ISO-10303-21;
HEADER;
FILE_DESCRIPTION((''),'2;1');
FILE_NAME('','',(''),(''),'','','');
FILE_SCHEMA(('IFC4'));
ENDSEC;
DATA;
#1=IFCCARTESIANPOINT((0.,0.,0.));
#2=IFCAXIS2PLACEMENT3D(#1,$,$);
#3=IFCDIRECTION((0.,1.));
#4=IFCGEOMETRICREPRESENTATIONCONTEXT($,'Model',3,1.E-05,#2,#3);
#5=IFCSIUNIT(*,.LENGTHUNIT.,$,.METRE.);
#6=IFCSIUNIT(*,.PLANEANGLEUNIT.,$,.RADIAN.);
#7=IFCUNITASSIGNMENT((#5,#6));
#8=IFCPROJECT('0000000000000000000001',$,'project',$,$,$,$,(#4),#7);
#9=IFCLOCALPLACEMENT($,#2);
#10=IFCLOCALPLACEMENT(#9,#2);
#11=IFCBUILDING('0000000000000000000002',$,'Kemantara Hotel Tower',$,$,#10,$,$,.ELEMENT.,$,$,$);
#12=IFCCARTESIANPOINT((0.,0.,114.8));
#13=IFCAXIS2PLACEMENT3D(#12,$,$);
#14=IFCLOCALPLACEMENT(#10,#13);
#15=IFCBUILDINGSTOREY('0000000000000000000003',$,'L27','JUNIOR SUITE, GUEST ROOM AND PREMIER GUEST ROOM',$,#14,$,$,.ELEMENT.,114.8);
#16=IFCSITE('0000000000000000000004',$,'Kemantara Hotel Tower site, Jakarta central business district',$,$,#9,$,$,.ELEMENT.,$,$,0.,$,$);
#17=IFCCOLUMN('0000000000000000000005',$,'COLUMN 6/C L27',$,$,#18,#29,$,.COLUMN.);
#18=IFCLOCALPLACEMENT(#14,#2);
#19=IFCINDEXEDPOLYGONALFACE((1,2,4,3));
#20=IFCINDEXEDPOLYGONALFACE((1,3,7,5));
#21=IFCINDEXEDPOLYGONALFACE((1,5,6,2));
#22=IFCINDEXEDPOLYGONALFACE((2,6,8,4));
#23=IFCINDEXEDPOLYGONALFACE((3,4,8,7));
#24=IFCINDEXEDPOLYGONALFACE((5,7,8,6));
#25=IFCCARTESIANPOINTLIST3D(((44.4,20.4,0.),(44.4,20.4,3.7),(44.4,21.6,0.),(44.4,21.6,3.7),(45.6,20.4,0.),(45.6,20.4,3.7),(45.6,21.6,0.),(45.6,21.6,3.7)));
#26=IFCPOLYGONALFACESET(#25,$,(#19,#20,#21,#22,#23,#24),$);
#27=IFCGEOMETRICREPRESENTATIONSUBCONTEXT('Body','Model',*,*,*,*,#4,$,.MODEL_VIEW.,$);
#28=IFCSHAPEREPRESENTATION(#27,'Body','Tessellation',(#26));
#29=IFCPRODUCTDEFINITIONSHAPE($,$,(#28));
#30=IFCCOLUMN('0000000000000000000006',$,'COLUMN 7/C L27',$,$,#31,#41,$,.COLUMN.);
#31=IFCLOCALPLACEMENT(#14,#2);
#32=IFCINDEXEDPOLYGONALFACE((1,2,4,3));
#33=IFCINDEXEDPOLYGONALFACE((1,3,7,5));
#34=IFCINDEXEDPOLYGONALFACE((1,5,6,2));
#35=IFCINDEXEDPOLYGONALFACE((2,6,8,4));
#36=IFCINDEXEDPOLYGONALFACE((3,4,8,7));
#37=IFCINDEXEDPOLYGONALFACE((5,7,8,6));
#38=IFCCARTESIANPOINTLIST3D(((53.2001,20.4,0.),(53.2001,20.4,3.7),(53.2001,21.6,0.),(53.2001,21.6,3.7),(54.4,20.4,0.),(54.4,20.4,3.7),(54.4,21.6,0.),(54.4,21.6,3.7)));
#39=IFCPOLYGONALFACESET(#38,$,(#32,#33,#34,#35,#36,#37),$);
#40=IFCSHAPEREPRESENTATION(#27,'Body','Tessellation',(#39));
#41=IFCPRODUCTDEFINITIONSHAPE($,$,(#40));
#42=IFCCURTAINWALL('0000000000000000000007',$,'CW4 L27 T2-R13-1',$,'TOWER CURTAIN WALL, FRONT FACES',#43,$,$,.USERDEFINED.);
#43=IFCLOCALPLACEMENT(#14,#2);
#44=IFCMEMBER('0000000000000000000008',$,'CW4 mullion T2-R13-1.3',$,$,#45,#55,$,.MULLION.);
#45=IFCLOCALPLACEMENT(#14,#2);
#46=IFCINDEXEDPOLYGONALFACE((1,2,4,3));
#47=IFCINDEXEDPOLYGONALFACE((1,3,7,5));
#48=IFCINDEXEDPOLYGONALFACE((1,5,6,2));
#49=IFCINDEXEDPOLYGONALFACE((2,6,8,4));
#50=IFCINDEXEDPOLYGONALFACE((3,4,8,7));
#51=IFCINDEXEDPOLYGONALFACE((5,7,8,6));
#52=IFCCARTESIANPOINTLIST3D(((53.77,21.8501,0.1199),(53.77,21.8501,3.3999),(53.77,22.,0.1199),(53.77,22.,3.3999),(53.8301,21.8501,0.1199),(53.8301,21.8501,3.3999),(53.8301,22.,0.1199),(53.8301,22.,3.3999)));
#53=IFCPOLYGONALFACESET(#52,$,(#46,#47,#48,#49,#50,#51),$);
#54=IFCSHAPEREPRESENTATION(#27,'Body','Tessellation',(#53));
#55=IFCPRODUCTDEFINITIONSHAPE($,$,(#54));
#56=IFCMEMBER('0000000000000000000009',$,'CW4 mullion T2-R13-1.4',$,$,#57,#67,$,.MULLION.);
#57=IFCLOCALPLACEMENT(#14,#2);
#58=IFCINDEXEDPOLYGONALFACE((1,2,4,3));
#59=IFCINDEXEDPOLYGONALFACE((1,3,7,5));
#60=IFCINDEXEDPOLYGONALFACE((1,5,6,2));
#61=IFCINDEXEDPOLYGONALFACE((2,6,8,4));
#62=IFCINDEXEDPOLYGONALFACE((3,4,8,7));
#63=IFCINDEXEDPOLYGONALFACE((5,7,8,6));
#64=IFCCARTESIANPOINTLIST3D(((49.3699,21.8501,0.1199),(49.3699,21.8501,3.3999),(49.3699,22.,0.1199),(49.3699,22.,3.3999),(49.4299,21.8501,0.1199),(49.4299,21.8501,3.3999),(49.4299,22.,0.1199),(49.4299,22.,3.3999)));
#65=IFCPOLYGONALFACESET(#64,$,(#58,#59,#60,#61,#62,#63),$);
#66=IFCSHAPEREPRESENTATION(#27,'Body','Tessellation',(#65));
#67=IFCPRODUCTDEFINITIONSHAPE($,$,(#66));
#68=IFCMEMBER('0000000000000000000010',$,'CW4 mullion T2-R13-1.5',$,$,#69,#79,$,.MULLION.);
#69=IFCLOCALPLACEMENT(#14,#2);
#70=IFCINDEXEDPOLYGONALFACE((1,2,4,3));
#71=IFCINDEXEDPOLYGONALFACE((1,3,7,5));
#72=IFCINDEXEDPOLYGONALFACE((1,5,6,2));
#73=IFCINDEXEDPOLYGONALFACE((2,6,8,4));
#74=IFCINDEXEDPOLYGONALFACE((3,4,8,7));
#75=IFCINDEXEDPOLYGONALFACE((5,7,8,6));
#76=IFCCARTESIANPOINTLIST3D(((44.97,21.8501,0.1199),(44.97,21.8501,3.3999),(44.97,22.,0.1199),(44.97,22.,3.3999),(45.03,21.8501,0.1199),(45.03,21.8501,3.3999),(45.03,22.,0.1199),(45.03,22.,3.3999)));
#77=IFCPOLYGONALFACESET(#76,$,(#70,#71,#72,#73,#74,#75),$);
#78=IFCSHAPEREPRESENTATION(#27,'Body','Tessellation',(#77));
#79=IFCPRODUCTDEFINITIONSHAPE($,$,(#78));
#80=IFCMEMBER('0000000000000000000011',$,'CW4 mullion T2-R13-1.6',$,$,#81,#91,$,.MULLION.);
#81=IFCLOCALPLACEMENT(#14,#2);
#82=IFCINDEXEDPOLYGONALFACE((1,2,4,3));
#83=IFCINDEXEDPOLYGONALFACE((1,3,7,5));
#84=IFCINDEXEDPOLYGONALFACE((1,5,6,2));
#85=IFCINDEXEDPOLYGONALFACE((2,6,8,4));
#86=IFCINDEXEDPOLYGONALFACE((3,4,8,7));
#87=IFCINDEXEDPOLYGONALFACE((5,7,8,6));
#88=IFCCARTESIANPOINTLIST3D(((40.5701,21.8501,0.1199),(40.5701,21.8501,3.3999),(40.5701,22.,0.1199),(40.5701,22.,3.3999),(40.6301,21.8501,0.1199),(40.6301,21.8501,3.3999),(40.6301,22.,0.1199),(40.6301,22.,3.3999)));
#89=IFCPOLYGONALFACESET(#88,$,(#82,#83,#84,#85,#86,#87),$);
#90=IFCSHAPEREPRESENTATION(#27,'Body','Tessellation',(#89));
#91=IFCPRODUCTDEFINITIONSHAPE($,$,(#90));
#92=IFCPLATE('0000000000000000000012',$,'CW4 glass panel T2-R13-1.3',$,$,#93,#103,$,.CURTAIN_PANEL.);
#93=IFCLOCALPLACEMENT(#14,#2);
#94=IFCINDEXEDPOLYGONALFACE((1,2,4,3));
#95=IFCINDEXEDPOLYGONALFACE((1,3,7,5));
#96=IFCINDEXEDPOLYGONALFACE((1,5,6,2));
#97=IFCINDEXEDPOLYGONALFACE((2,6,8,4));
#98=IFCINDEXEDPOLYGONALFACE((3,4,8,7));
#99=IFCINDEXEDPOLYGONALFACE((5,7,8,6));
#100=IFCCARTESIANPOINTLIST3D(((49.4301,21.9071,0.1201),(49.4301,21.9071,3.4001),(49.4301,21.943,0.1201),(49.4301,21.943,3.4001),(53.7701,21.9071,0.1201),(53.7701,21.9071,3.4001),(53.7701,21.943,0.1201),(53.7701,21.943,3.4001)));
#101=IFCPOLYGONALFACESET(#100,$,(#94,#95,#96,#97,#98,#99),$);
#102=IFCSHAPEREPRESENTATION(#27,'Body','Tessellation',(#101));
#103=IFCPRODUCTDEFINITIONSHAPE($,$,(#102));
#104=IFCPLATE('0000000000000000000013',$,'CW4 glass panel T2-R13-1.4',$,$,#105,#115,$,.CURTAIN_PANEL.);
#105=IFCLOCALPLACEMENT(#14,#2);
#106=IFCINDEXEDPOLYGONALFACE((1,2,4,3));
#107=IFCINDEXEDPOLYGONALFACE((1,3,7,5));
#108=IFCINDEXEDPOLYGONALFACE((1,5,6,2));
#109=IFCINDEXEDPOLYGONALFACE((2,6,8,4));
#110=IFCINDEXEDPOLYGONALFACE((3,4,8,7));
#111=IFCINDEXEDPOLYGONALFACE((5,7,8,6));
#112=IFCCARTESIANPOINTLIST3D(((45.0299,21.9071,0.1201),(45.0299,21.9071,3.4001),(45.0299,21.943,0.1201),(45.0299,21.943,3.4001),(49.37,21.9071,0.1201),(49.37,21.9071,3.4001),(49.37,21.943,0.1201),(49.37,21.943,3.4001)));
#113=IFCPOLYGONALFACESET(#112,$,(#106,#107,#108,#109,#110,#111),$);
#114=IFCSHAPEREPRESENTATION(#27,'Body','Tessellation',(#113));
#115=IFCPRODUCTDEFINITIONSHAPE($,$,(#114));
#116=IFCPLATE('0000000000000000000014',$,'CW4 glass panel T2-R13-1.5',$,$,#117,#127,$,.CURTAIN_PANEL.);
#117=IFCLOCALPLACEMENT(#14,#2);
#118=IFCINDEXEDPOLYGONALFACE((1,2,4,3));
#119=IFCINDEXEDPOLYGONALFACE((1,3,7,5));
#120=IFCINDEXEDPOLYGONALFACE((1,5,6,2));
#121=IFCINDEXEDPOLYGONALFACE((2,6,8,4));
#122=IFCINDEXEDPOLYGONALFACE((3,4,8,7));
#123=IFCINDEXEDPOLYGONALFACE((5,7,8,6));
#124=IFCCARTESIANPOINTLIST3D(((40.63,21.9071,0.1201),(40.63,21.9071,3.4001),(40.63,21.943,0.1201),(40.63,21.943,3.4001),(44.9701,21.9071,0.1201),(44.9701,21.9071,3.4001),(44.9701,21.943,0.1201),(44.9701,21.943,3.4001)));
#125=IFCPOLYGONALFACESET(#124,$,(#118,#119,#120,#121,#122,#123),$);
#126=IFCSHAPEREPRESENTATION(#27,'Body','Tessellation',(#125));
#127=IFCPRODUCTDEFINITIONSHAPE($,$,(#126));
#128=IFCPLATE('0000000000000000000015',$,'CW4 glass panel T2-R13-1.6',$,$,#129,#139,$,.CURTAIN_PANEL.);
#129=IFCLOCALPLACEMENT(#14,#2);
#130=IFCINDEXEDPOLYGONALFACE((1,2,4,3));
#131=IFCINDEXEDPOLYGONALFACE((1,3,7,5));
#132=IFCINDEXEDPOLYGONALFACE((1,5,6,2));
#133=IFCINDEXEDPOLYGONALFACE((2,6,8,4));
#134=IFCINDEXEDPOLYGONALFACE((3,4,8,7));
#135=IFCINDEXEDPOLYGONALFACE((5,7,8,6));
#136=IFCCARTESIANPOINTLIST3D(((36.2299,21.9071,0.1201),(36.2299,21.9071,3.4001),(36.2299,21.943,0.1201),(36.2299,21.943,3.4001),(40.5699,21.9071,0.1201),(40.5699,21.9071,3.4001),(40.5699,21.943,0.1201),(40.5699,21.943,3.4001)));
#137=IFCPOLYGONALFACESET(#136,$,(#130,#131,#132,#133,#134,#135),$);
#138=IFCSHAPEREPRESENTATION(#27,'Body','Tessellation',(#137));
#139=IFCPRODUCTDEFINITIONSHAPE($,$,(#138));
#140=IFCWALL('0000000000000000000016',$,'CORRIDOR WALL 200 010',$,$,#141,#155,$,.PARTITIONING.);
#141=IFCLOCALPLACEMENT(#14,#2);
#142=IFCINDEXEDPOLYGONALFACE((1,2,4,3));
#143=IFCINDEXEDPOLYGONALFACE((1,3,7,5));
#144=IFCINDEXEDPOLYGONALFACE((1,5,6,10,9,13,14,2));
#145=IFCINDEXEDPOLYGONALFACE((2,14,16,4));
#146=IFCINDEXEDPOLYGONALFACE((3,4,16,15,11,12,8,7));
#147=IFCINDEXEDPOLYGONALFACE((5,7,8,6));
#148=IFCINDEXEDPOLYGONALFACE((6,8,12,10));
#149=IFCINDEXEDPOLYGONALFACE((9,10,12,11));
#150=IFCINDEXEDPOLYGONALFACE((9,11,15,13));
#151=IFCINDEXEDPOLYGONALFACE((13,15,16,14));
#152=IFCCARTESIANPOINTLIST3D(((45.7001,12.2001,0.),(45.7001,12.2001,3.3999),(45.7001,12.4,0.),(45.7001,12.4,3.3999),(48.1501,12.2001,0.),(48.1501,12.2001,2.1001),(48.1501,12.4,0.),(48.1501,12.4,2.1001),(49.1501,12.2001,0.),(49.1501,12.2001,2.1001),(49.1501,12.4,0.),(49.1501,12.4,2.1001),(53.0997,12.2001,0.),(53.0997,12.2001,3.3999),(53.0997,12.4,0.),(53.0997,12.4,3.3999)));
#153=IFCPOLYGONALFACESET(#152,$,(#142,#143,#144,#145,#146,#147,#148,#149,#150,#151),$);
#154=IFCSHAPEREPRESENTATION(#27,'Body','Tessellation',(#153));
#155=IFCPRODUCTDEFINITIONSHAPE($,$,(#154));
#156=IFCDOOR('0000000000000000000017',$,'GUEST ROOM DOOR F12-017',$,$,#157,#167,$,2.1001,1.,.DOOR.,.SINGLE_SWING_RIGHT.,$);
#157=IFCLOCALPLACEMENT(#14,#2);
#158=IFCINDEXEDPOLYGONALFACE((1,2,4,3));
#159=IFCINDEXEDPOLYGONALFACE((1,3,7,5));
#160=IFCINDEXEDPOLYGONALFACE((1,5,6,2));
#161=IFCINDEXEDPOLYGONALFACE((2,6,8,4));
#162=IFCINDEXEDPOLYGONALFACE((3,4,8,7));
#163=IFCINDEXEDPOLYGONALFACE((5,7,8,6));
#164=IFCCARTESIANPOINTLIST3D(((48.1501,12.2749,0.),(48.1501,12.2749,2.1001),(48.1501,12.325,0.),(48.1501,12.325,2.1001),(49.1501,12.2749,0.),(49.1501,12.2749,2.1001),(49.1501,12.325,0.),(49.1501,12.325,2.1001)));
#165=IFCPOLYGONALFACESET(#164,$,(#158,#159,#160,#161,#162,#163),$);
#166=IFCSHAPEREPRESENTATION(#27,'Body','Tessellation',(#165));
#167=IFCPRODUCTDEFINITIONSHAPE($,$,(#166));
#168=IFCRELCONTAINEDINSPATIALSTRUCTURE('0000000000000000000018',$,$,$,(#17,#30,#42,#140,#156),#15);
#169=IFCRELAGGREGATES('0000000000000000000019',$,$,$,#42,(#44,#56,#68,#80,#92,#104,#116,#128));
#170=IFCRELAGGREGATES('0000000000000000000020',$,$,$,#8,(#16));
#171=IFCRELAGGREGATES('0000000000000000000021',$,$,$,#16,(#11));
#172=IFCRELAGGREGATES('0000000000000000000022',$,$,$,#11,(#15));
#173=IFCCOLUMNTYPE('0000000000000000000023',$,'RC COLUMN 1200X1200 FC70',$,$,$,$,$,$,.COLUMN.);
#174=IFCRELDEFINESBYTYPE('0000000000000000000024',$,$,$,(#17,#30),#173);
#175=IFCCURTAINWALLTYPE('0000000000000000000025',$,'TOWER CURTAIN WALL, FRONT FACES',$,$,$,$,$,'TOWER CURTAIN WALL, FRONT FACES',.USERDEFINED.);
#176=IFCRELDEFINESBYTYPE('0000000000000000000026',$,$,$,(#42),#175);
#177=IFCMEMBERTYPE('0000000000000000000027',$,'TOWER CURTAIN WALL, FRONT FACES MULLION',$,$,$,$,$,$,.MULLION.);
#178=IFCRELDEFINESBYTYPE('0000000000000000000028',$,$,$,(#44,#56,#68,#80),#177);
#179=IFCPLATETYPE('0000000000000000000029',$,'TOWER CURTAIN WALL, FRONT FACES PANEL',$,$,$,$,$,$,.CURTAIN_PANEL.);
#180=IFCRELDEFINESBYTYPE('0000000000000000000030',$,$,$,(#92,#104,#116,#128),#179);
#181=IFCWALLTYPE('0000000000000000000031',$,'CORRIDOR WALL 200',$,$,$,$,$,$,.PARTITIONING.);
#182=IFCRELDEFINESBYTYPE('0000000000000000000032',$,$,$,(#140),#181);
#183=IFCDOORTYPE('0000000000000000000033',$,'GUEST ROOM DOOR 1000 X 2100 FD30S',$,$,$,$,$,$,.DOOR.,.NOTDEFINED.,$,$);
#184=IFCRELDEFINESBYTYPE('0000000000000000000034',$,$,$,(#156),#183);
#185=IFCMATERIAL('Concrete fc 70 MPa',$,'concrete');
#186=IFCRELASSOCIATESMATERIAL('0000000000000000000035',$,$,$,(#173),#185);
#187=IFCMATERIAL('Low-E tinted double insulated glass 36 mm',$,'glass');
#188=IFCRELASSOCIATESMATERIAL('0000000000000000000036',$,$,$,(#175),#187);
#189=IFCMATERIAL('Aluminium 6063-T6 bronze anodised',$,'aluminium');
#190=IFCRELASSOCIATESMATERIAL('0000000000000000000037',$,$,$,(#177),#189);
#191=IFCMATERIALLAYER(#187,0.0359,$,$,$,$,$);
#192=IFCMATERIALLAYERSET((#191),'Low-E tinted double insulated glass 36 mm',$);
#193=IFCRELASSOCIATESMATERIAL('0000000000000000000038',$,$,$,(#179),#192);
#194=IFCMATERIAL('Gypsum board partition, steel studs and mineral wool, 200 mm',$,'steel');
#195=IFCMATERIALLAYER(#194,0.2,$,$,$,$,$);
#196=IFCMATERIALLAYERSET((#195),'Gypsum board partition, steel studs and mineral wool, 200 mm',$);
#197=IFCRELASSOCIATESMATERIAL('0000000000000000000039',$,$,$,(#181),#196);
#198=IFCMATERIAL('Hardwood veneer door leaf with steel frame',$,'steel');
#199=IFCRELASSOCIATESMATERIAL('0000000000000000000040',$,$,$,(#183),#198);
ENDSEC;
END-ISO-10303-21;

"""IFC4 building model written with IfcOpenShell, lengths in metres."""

from ifc_helpers import new_model, si_unit, direction, frame, frame_2d, origin, origin_2d, place, context, subcontext, project, spatial, rectangle, extrude, source, transform, mapped, material, layer, layer_set, material_profile, profile_set, type_object, element, fill, aggregate, save


model = new_model("IFC4")

# Units and contexts
model_context = context("Model", 3, precision=1e-05, world=origin(), true_north=direction((0.0, 1.0)))
body_context = subcontext(model_context, "Body", "Model", "MODEL_VIEW")
ifc_project = project(units=[si_unit("LENGTHUNIT", "METRE"), si_unit("PLANEANGLEUNIT", "RADIAN")], contexts=[model_context])

# Site, building, storey
site_placement = place(None, origin())
site = spatial("IfcSite", under=ifc_project, at=site_placement, Name="Kemantara Hotel Tower site, Jakarta central business district", CompositionType="ELEMENT", RefElevation=0.0)
building_placement = place(site_placement, origin())
building = spatial("IfcBuilding", under=site, at=building_placement, Name="Kemantara Hotel Tower", CompositionType="ELEMENT")
storey_placement = place(building_placement, frame((0.0, 0.0, 114.8)))
storey = spatial("IfcBuildingStorey", under=building, at=storey_placement, Name="L27", Description="JUNIOR SUITE, GUEST ROOM AND PREMIER GUEST ROOM", CompositionType="ELEMENT", Elevation=114.8)

# Columns
ifc_material_1 = material(Name="Concrete fc 70 MPa", Category="concrete")
ifc_material_profile_1 = material_profile(ifc_material_1, rectangle(XDim=1.2, YDim=1.2, at=origin_2d()), Name="RC 1200X1200")
ifc_profile_set_1 = profile_set([ifc_material_profile_1], Name="Concrete fc 70 MPa")
column_type = type_object("IfcColumnType", Name="RC COLUMN 1200X1200 FC70", PredefinedType="COLUMN", material=ifc_profile_set_1)
for number, where, z_axis, x_axis, name in (
    (1, (45.0, 21.0, 0.0), (0.0, 0.0, 1.0), (1.0, 0.0, 0.0), "COLUMN 6/C L27"),
    (2, (53.8, 21.0, 0.0), (0.0, 0.0, 1.0), (1.0, 0.0, 0.0), "COLUMN 7/C L27"),
):
    element("IfcColumn", number, at=place(storey_placement, frame(where, z_axis=z_axis, x_axis=x_axis)), inside=storey, type_object=column_type, Name=name, PredefinedType="COLUMN", context=body_context, shape_type="SweptSolid", body=[
        extrude(rectangle(XDim=1.2, YDim=1.2, at=origin_2d()), origin(), (0.0, 0.0, 1.0), 3.7),
    ])

# Curtain wall, members, plates
ifc_material_2 = material(Name="Low-E tinted double insulated glass 36 mm", Category="glass")
curtain_wall_type = type_object("IfcCurtainWallType", Name="TOWER CURTAIN WALL, FRONT FACES", ElementType="TOWER CURTAIN WALL, FRONT FACES", PredefinedType="USERDEFINED", material=ifc_material_2)
curtain_wall_placement = place(storey_placement, origin())
curtain_wall = element("IfcCurtainWall", 3, at=curtain_wall_placement, inside=storey, type_object=curtain_wall_type, Name="CW4 L27 T2-R13-1", ObjectType="TOWER CURTAIN WALL, FRONT FACES", PredefinedType="USERDEFINED")
ifc_material_3 = material(Name="Aluminium 6063-T6 bronze anodised", Category="aluminium")
ifc_material_profile_2 = material_profile(ifc_material_3, rectangle(XDim=0.1499, YDim=0.0601, at=origin_2d()), Name="TOWER CURTAIN WALL, FRONT FACES MULLION")
ifc_profile_set_2 = profile_set([ifc_material_profile_2], Name="Aluminium 6063-T6 bronze anodised")
member_type = type_object("IfcMemberType", Name="TOWER CURTAIN WALL, FRONT FACES MULLION", PredefinedType="MULLION", material=ifc_profile_set_2)
shared_shape_1 = source(origin(), body_context, "Body", "SweptSolid", [
    extrude(rectangle(XDim=0.1499, YDim=0.0601, at=origin_2d()), origin(), (0.0, 0.0, 1.0), 3.28),
])
member_1_placement = place(storey_placement, frame((53.8, 21.925, 0.1199), z_axis=(0.0, 0.0, 1.0), x_axis=(0.0, -1.0, 0.0)))
member_1 = element("IfcMember", 4, at=member_1_placement, type_object=member_type, Name="CW4 mullion T2-R13-1.3", PredefinedType="MULLION", context=body_context, shape_type="MappedRepresentation", body=[
    mapped(shared_shape_1, transform((0.0, 0.0, 0.0))),
])
member_2_placement = place(storey_placement, frame((49.3999, 21.925, 0.1199), z_axis=(0.0, 0.0, 1.0), x_axis=(0.0, -1.0, 0.0)))
member_2 = element("IfcMember", 5, at=member_2_placement, type_object=member_type, Name="CW4 mullion T2-R13-1.4", PredefinedType="MULLION", context=body_context, shape_type="MappedRepresentation", body=[
    mapped(shared_shape_1, transform((0.0, 0.0, 0.0))),
])
member_3_placement = place(storey_placement, frame((45.0, 21.925, 0.1199), z_axis=(0.0, 0.0, 1.0), x_axis=(0.0, -1.0, 0.0)))
member_3 = element("IfcMember", 6, at=member_3_placement, type_object=member_type, Name="CW4 mullion T2-R13-1.5", PredefinedType="MULLION", context=body_context, shape_type="MappedRepresentation", body=[
    mapped(shared_shape_1, transform((0.0, 0.0, 0.0))),
])
member_4_placement = place(storey_placement, frame((40.6001, 21.925, 0.1199), z_axis=(0.0, 0.0, 1.0), x_axis=(0.0, -1.0, 0.0)))
member_4 = element("IfcMember", 7, at=member_4_placement, type_object=member_type, Name="CW4 mullion T2-R13-1.6", PredefinedType="MULLION", context=body_context, shape_type="MappedRepresentation", body=[
    mapped(shared_shape_1, transform((0.0, 0.0, 0.0))),
])
ifc_layer_1 = layer(ifc_material_2, 0.0359)
ifc_layer_set_1 = layer_set([ifc_layer_1], Name="Low-E tinted double insulated glass 36 mm")
plate_type = type_object("IfcPlateType", Name="TOWER CURTAIN WALL, FRONT FACES PANEL", PredefinedType="CURTAIN_PANEL", material=ifc_layer_set_1)
shared_shape_2 = source(origin(), body_context, "Body", "SweptSolid", [
    extrude(rectangle(XDim=4.3401, YDim=0.0359, at=origin_2d()), origin(), (0.0, 0.0, 1.0), 3.28),
])
plate_1_placement = place(storey_placement, frame((51.6001, 21.925, 0.1201), z_axis=(0.0, 0.0, 1.0), x_axis=(-1.0, 0.0, 0.0)))
plate_1 = element("IfcPlate", 8, at=plate_1_placement, type_object=plate_type, Name="CW4 glass panel T2-R13-1.3", PredefinedType="CURTAIN_PANEL", context=body_context, shape_type="MappedRepresentation", body=[
    mapped(shared_shape_2, transform((0.0, 0.0, 0.0))),
])
plate_2_placement = place(storey_placement, frame((47.2, 21.925, 0.1201), z_axis=(0.0, 0.0, 1.0), x_axis=(-1.0, 0.0, 0.0)))
plate_2 = element("IfcPlate", 9, at=plate_2_placement, type_object=plate_type, Name="CW4 glass panel T2-R13-1.4", PredefinedType="CURTAIN_PANEL", context=body_context, shape_type="MappedRepresentation", body=[
    mapped(shared_shape_2, transform((0.0, 0.0, 0.0))),
])
plate_3_placement = place(storey_placement, frame((42.8, 21.925, 0.1201), z_axis=(0.0, 0.0, 1.0), x_axis=(-1.0, 0.0, 0.0)))
plate_3 = element("IfcPlate", 10, at=plate_3_placement, type_object=plate_type, Name="CW4 glass panel T2-R13-1.5", PredefinedType="CURTAIN_PANEL", context=body_context, shape_type="MappedRepresentation", body=[
    mapped(shared_shape_2, transform((0.0, 0.0, 0.0))),
])
plate_4_placement = place(storey_placement, frame((38.3999, 21.925, 0.1201), z_axis=(0.0, 0.0, 1.0), x_axis=(-1.0, 0.0, 0.0)))
plate_4 = element("IfcPlate", 11, at=plate_4_placement, type_object=plate_type, Name="CW4 glass panel T2-R13-1.6", PredefinedType="CURTAIN_PANEL", context=body_context, shape_type="MappedRepresentation", body=[
    mapped(shared_shape_2, transform((0.0, 0.0, 0.0))),
])
aggregate(curtain_wall, [member_1, member_2, member_3, member_4, plate_1, plate_2, plate_3, plate_4])

# Wall, opening, door
ifc_material_4 = material(Name="Gypsum board partition, steel studs and mineral wool, 200 mm", Category="steel")
ifc_layer_2 = layer(ifc_material_4, 0.2)
ifc_layer_set_2 = layer_set([ifc_layer_2], Name="Gypsum board partition, steel studs and mineral wool, 200 mm")
wall_type_1 = type_object("IfcWallType", Name="CORRIDOR WALL 200", PredefinedType="PARTITIONING", material=ifc_layer_set_2)
wall_1_placement = place(storey_placement, frame((45.7002, 12.3, 0.0), z_axis=(0.0, 0.0, 1.0), x_axis=(1.0, 0.0, 0.0)))
wall_1 = element("IfcWall", 12, at=wall_1_placement, inside=storey, type_object=wall_type_1, Name="CORRIDOR WALL 200 010", PredefinedType="PARTITIONING", context=body_context, shape_type="SweptSolid", body=[
    extrude(rectangle(XDim=7.3997, YDim=0.2, at=frame_2d((3.6997, 0.0))), origin(), (0.0, 0.0, 1.0), 3.3999),
])
opening_1_placement = place(wall_1_placement, frame((2.45, 0.0, 0.0)))
opening_1 = element("IfcOpeningElement", 13, at=opening_1_placement, cuts=wall_1, PredefinedType="OPENING", context=body_context, shape_type="SweptSolid", body=[
    extrude(rectangle(XDim=1.0, YDim=2.1001, at=frame_2d((0.5, 1.05))), frame((0.0, 0.1099, 0.0), z_axis=(0.0, -1.0, 0.0), x_axis=(1.0, 0.0, 0.0)), (0.0, 0.0, 1.0), 0.22),
])
ifc_material_5 = material(Name="Hardwood veneer door leaf with steel frame", Category="steel")
door_type_1 = type_object("IfcDoorType", Name="GUEST ROOM DOOR 1000 X 2100 FD30S", OperationType="NOTDEFINED", PredefinedType="DOOR", material=ifc_material_5)
door_1_placement = place(opening_1_placement, origin())
door_1 = element("IfcDoor", 14, at=door_1_placement, inside=storey, type_object=door_type_1, Name="GUEST ROOM DOOR F12-017", OperationType="SINGLE_SWING_RIGHT", OverallHeight=2.1001, OverallWidth=1.0, PredefinedType="DOOR", context=body_context, shape_type="SweptSolid", body=[
    extrude(rectangle(XDim=1.0, YDim=2.1001, at=frame_2d((0.5, 1.05))), frame((0.0, 0.0249, 0.0), z_axis=(0.0, -1.0, 0.0), x_axis=(1.0, 0.0, 0.0)), (0.0, 0.0, 1.0), 0.05),
])
fill(opening_1, door_1)

save(model, "model.ifc")
